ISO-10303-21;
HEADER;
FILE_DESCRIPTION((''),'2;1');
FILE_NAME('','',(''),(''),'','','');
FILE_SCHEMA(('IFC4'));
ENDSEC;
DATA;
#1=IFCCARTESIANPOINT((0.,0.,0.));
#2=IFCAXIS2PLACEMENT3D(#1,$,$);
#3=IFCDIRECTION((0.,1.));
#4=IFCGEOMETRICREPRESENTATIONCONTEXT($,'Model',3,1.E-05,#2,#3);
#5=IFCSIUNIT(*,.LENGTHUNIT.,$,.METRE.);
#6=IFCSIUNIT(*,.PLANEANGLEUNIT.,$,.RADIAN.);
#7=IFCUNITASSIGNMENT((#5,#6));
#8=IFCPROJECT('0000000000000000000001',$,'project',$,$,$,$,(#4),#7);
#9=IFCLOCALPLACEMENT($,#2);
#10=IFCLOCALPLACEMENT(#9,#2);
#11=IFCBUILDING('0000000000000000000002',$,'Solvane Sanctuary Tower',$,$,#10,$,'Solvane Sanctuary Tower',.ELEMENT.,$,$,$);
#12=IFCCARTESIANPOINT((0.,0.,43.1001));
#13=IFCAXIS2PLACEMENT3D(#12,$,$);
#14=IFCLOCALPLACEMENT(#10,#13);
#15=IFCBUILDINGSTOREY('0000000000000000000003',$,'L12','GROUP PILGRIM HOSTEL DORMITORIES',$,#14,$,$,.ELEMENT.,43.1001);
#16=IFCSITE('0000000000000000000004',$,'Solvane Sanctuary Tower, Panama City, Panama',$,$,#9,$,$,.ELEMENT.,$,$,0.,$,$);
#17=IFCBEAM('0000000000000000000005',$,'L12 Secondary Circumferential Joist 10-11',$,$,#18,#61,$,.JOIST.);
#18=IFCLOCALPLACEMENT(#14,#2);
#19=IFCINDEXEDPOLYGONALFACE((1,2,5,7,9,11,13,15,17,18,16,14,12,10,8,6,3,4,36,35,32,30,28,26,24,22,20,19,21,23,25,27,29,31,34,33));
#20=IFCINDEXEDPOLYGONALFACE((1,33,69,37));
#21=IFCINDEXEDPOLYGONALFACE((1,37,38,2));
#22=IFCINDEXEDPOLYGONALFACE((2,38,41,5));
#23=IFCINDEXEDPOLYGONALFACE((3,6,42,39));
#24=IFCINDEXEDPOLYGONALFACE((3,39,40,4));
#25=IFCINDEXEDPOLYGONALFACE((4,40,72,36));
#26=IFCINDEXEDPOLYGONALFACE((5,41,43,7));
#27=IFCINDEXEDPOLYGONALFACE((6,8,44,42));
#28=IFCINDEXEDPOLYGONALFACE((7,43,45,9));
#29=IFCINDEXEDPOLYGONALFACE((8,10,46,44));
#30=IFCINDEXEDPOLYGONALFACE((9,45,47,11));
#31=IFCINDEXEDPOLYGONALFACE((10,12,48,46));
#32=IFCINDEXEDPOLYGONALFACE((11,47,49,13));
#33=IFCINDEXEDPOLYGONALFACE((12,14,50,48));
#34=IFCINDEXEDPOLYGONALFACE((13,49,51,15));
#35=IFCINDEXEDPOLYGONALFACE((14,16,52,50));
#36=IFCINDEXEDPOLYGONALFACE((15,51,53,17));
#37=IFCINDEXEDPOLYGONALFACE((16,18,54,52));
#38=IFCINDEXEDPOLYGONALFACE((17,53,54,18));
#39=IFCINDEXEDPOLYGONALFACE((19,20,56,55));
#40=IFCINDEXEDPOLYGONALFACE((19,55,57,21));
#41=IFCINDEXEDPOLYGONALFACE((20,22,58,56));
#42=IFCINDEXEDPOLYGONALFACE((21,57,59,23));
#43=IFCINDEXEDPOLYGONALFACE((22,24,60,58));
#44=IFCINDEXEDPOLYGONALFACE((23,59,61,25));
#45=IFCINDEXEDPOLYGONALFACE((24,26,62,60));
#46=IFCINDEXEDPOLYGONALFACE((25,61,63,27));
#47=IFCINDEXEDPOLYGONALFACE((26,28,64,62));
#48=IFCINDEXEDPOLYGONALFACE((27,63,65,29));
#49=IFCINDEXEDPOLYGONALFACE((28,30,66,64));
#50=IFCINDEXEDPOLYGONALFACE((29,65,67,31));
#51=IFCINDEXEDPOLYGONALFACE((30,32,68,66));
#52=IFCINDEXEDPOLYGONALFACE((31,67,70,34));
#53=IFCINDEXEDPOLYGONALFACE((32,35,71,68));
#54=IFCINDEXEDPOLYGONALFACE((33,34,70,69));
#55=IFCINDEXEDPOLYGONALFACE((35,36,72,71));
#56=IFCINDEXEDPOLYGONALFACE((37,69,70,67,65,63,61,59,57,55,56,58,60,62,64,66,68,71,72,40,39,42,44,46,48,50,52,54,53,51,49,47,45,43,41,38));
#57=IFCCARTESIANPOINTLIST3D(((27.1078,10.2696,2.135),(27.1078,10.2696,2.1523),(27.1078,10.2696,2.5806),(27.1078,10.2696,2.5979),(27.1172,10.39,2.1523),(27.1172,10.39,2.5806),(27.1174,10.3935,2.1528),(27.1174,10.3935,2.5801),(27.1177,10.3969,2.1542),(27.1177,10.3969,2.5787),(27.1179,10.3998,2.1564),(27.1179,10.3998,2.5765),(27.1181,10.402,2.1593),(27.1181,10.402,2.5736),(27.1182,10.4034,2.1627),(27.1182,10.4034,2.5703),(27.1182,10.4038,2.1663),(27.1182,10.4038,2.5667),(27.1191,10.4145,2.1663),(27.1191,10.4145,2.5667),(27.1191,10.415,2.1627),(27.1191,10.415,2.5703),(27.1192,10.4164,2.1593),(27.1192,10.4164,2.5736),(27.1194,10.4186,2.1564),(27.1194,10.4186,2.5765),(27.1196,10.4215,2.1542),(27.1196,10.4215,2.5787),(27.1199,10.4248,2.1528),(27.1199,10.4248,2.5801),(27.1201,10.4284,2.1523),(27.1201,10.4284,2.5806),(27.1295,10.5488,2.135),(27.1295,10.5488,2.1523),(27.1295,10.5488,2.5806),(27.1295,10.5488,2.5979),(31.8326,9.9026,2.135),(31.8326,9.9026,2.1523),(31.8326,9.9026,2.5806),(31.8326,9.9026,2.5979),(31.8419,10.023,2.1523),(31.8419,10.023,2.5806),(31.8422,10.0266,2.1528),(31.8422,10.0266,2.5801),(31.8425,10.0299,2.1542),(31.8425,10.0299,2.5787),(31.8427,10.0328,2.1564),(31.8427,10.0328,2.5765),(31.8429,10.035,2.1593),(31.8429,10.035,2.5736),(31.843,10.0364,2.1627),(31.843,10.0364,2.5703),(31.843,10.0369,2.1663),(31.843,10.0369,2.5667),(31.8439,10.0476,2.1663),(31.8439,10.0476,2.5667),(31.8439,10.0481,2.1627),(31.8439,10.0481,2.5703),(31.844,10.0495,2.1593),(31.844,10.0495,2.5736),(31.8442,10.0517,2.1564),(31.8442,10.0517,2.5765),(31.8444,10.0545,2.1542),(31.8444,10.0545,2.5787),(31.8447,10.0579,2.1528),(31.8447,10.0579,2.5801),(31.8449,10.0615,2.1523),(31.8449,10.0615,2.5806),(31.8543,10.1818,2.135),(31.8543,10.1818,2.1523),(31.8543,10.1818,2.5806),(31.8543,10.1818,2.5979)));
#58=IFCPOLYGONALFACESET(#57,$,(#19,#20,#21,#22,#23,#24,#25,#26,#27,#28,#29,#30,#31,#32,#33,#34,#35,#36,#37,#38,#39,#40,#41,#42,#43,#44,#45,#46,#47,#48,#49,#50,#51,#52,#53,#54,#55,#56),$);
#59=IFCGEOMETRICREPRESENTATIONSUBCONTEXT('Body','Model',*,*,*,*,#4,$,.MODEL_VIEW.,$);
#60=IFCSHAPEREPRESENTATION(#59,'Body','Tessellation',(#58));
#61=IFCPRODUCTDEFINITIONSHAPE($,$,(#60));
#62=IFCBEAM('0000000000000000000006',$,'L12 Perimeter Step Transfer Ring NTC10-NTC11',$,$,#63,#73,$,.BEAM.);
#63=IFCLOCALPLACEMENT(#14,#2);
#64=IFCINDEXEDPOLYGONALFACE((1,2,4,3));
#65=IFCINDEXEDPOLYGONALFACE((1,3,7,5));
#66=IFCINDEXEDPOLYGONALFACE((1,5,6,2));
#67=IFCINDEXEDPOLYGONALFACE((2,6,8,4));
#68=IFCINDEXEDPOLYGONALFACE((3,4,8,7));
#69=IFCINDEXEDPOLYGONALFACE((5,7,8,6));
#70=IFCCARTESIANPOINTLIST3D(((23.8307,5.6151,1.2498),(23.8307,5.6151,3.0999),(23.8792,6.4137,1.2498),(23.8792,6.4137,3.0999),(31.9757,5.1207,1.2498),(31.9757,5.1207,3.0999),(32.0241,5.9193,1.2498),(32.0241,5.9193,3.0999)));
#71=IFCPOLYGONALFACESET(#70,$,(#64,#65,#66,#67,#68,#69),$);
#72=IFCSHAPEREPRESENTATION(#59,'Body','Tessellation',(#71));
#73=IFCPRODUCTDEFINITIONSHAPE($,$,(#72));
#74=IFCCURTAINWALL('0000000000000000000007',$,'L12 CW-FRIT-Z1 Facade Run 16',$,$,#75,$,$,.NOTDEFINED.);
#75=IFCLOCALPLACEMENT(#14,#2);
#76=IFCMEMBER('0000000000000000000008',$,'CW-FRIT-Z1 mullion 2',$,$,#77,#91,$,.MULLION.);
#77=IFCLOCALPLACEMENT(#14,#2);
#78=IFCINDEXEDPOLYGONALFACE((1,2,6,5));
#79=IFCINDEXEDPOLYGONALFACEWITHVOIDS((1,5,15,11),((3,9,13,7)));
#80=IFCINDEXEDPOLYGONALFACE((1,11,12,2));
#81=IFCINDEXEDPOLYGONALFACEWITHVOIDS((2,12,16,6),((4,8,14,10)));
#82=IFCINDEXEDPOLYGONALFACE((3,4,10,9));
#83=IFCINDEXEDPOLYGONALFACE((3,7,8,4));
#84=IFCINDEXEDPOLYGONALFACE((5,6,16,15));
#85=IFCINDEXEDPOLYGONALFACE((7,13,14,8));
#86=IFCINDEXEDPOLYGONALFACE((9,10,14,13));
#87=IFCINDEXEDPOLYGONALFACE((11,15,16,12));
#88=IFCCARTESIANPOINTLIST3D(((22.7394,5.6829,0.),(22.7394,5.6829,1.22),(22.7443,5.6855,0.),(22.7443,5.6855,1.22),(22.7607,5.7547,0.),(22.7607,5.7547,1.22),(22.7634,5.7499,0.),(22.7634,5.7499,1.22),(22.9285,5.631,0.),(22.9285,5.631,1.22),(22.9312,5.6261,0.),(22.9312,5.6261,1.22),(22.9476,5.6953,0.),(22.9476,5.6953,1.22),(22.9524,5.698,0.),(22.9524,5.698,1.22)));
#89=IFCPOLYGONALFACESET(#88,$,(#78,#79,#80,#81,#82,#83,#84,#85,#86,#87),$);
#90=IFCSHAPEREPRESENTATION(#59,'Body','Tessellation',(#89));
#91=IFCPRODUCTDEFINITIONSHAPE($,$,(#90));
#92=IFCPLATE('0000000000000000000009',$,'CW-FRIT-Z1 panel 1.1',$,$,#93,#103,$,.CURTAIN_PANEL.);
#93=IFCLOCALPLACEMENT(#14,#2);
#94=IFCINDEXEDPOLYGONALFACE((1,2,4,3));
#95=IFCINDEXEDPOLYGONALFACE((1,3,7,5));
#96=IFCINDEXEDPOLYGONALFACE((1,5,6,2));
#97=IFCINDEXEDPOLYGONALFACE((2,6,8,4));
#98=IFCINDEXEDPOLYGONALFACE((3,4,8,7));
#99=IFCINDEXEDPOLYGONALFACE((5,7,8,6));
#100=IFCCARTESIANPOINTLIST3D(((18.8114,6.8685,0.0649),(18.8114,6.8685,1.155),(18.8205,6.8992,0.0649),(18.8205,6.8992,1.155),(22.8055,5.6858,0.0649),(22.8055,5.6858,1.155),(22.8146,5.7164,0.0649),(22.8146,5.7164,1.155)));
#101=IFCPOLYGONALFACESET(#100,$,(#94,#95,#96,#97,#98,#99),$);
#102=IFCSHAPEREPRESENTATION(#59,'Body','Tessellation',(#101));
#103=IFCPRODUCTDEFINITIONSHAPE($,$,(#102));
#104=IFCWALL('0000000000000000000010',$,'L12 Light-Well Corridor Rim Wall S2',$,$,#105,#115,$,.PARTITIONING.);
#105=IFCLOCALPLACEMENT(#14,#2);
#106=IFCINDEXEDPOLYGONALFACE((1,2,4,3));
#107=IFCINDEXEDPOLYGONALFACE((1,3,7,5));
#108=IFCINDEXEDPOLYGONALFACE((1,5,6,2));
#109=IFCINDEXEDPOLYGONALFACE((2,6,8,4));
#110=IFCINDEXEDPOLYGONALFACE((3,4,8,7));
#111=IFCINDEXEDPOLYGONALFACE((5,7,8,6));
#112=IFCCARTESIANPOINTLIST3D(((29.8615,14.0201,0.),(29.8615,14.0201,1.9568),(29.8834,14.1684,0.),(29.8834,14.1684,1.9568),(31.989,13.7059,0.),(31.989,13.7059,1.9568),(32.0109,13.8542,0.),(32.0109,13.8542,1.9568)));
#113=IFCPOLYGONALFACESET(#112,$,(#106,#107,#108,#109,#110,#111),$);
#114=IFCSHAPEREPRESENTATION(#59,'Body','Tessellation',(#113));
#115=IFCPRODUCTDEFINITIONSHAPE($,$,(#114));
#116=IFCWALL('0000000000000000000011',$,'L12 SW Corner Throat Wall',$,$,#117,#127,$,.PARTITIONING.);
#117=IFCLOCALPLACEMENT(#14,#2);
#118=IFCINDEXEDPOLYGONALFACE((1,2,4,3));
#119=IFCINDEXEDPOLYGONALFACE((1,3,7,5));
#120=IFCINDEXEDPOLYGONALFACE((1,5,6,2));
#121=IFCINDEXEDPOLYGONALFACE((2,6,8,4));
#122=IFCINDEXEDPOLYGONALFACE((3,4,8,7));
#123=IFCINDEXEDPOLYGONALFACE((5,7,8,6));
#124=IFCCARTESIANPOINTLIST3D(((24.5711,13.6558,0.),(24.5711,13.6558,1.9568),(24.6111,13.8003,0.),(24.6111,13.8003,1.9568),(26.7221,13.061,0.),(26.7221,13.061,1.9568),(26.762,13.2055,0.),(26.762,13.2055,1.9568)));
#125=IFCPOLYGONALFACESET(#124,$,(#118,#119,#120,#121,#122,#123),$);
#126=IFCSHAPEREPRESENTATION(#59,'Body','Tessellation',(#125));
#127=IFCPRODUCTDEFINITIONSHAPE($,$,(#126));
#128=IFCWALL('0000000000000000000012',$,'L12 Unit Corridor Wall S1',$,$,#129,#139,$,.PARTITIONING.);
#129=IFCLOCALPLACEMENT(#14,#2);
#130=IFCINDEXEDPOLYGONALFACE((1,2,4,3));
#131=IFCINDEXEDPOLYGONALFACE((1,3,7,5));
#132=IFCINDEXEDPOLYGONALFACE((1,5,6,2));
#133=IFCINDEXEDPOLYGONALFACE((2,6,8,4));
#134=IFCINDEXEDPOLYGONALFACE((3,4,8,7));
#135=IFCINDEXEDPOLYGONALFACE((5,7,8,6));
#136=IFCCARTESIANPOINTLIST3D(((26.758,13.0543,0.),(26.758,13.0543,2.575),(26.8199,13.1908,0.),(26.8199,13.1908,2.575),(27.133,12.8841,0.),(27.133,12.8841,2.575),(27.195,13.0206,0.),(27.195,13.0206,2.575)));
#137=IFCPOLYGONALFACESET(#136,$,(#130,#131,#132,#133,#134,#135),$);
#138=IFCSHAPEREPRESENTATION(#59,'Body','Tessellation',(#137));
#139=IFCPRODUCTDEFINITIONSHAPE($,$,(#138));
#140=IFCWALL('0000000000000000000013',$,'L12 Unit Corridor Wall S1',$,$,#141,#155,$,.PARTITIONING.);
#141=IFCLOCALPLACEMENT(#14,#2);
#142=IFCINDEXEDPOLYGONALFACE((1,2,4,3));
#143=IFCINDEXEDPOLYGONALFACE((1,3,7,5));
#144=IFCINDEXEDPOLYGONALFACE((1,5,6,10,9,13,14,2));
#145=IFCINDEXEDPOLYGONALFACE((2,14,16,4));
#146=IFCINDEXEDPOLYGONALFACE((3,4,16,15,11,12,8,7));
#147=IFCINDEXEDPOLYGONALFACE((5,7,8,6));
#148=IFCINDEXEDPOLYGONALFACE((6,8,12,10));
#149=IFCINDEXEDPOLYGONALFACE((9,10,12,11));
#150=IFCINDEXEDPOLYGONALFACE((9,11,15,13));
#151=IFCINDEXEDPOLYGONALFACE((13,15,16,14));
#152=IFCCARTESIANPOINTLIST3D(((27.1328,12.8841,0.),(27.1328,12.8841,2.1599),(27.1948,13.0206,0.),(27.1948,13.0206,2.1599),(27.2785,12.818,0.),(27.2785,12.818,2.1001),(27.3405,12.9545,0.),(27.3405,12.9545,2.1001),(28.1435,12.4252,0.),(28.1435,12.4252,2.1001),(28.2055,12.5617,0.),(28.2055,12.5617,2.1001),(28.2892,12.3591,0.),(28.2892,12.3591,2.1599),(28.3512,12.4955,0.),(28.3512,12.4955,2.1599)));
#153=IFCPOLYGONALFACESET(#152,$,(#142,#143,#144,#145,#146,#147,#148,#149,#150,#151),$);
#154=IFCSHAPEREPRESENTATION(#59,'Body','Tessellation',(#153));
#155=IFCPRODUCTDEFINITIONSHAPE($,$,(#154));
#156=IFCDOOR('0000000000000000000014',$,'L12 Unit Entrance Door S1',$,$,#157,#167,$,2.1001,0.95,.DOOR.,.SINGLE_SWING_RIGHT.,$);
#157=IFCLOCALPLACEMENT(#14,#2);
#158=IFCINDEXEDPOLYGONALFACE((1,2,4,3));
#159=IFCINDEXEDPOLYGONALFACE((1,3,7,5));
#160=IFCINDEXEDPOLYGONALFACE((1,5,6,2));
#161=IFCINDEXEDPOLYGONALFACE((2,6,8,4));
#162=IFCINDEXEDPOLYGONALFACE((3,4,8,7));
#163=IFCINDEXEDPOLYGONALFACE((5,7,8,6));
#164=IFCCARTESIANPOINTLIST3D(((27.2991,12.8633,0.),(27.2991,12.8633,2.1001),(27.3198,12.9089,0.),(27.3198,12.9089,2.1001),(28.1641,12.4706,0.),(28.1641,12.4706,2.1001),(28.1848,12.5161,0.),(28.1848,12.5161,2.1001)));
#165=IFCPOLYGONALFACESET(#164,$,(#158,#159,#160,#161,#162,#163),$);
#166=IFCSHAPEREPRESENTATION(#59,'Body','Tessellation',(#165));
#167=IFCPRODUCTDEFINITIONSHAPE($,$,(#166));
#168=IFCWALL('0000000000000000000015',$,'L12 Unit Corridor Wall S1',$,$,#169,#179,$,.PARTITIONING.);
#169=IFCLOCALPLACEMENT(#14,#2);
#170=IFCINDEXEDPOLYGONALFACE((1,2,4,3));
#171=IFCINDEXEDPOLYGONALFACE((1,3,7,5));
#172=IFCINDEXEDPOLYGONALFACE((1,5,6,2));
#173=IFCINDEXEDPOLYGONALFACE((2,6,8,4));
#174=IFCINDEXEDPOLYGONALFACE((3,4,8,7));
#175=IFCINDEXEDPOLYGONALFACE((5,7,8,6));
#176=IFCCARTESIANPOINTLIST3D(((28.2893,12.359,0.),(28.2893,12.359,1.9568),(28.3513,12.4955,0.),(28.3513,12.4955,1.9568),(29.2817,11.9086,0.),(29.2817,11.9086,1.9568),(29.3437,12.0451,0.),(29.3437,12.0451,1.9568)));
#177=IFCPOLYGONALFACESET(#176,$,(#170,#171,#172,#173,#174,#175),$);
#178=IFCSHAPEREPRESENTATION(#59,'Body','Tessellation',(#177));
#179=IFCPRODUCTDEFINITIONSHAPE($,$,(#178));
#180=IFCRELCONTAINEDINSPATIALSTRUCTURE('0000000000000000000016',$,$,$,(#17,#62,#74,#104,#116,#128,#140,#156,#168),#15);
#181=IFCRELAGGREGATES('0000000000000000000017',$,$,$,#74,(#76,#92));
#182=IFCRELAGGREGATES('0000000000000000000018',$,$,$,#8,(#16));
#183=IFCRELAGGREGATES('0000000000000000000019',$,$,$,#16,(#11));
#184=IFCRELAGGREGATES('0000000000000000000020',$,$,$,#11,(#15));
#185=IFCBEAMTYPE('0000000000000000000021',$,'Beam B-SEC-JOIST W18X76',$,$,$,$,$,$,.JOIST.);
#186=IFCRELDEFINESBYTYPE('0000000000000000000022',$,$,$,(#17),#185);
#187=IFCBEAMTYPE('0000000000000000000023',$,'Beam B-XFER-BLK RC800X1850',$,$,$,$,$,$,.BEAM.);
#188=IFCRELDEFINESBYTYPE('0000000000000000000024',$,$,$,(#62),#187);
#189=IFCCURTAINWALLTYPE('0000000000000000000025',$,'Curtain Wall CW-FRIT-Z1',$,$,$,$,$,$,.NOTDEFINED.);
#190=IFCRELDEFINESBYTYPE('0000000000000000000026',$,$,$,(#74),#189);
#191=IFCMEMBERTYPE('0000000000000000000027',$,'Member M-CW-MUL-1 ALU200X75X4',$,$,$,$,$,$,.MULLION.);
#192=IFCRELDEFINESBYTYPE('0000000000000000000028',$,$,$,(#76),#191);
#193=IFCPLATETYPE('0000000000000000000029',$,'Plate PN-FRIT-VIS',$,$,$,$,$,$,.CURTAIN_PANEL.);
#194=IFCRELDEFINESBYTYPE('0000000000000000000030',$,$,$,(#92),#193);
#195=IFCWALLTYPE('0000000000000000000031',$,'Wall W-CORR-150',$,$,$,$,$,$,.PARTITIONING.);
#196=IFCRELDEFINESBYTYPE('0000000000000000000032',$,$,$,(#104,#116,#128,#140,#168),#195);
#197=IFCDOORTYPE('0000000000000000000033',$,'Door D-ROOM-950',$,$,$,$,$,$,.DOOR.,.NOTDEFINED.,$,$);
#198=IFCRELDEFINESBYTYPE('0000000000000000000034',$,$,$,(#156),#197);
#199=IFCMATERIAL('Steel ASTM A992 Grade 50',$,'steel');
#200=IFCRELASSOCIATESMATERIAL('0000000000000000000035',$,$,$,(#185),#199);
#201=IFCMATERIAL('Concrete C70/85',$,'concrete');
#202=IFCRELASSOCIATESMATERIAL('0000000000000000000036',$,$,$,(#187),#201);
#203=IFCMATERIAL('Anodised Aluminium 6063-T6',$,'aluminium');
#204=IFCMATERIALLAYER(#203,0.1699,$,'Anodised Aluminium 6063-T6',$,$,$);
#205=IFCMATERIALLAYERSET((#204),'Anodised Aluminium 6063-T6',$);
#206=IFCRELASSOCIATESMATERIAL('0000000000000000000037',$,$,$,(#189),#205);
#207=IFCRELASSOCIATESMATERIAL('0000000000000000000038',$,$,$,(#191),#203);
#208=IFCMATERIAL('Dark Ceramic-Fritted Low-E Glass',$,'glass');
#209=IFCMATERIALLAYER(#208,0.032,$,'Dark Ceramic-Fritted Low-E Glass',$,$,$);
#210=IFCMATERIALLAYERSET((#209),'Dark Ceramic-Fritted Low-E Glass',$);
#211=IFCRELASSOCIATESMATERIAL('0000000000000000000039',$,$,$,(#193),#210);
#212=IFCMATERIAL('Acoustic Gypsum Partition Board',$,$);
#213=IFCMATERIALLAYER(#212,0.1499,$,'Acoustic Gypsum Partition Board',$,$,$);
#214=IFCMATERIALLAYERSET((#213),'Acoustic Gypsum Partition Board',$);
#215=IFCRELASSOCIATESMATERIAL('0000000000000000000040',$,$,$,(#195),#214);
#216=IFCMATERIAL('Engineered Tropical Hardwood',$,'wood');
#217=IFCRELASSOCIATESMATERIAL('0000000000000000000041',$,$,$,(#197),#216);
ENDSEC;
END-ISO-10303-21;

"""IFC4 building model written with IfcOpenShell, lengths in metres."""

from ifc_helpers import new_model, si_unit, direction, frame, frame_2d, origin, origin_2d, place, context, subcontext, project, spatial, rectangle, hollow_rectangle, i_section, extrude, material, layer, layer_set, material_profile, profile_set, type_object, element, fill, aggregate, save


model = new_model("IFC4")

# Units and contexts
model_context = context("Model", 3, precision=1e-05, world=origin(), true_north=direction((0.0, 1.0)))
body_context = subcontext(model_context, "Body", "Model", "MODEL_VIEW")
ifc_project = project(units=[si_unit("LENGTHUNIT", "METRE"), si_unit("PLANEANGLEUNIT", "RADIAN")], contexts=[model_context])

# Site, building, storey
site_placement = place(None, origin())
site = spatial("IfcSite", under=ifc_project, at=site_placement, Name="Solvane Sanctuary Tower, Panama City, Panama", CompositionType="ELEMENT", RefElevation=0.0)
building_placement = place(site_placement, origin())
building = spatial("IfcBuilding", under=site, at=building_placement, Name="Solvane Sanctuary Tower", LongName="Solvane Sanctuary Tower", CompositionType="ELEMENT")
storey_placement = place(building_placement, frame((0.0, 0.0, 43.1001)))
storey = spatial("IfcBuildingStorey", under=building, at=storey_placement, Name="L12", Description="GROUP PILGRIM HOSTEL DORMITORIES", CompositionType="ELEMENT", Elevation=43.1001)

# Shared definitions
ifc_material_1 = material(Name="Concrete C70/85", Category="concrete")

# Beams
ifc_material_2 = material(Name="Steel ASTM A992 Grade 50", Category="steel")
ifc_material_profile_1 = material_profile(ifc_material_2, i_section(OverallWidth=0.28, OverallDepth=0.4629, WebThickness=0.0107, FlangeThickness=0.0173, FilletRadius=0.0139, at=origin_2d()), Name="W18X76")
ifc_profile_set_1 = profile_set([ifc_material_profile_1], Name="Steel ASTM A992 Grade 50")
beam_type_1 = type_object("IfcBeamType", Name="Beam B-SEC-JOIST W18X76", PredefinedType="JOIST", material=ifc_profile_set_1)
beam_1_placement = place(storey_placement, frame((27.1187, 10.4092, 2.3665), z_axis=(0.996998, -0.077429, 0.0), x_axis=(0.077429, 0.996998, 0.0)))
element("IfcBeam", 1, at=beam_1_placement, inside=storey, type_object=beam_type_1, Name="L12 Secondary Circumferential Joist 10-11", PredefinedType="JOIST", context=body_context, shape_type="SweptSolid", body=[
    extrude(i_section(OverallWidth=0.28, OverallDepth=0.4629, WebThickness=0.0107, FlangeThickness=0.0173, FilletRadius=0.0139, at=origin_2d()), origin(), (0.0, 0.0, 1.0), 4.739),
])
ifc_material_profile_2 = material_profile(ifc_material_1, rectangle(XDim=0.8, YDim=1.8501, at=origin_2d()), Name="RC800X1850")
ifc_profile_set_2 = profile_set([ifc_material_profile_2], Name="Concrete C70/85")
beam_type_2 = type_object("IfcBeamType", Name="Beam B-XFER-BLK RC800X1850", PredefinedType="BEAM", material=ifc_profile_set_2)
beam_2_placement = place(storey_placement, frame((23.855, 6.0144, 2.1748), z_axis=(0.998163, -0.060586, 0.0), x_axis=(0.060586, 0.998163, 0.0)))
element("IfcBeam", 2, at=beam_2_placement, inside=storey, type_object=beam_type_2, Name="L12 Perimeter Step Transfer Ring NTC10-NTC11", PredefinedType="BEAM", context=body_context, shape_type="SweptSolid", body=[
    extrude(rectangle(XDim=0.8, YDim=1.8501, at=origin_2d()), origin(), (0.0, 0.0, 1.0), 8.1599),
])

# Curtain wall, member, plate
ifc_material_3 = material(Name="Anodised Aluminium 6063-T6", Category="aluminium")
ifc_layer_1 = layer(ifc_material_3, 0.1699, Name="Anodised Aluminium 6063-T6")
ifc_layer_set_1 = layer_set([ifc_layer_1], Name="Anodised Aluminium 6063-T6")
curtain_wall_type = type_object("IfcCurtainWallType", Name="Curtain Wall CW-FRIT-Z1", PredefinedType="NOTDEFINED", material=ifc_layer_set_1)
curtain_wall_placement = place(storey_placement, origin())
curtain_wall = element("IfcCurtainWall", 3, at=curtain_wall_placement, inside=storey, type_object=curtain_wall_type, Name="L12 CW-FRIT-Z1 Facade Run 16", PredefinedType="NOTDEFINED")
ifc_material_profile_3 = material_profile(ifc_material_3, hollow_rectangle(XDim=0.075, YDim=0.2, WallThickness=0.0039, at=origin_2d()), Name="ALU200X75X4")
ifc_profile_set_3 = profile_set([ifc_material_profile_3], Name="Anodised Aluminium 6063-T6")
member_type = type_object("IfcMemberType", Name="Member M-CW-MUL-1 ALU200X75X4", PredefinedType="MULLION", material=ifc_profile_set_3)
member_placement = place(storey_placement, frame((22.8459, 5.6904, 0.0), z_axis=(0.0, 0.0, 1.0), x_axis=(0.283936, 0.958843, 0.0)))
member = element("IfcMember", 4, at=member_placement, type_object=member_type, Name="CW-FRIT-Z1 mullion 2", PredefinedType="MULLION", context=body_context, shape_type="SweptSolid", body=[
    extrude(hollow_rectangle(XDim=0.075, YDim=0.2, WallThickness=0.0039, at=origin_2d()), origin(), (0.0, 0.0, 1.0), 1.22),
])
ifc_material_4 = material(Name="Dark Ceramic-Fritted Low-E Glass", Category="glass")
ifc_layer_2 = layer(ifc_material_4, 0.032, Name="Dark Ceramic-Fritted Low-E Glass")
ifc_layer_set_2 = layer_set([ifc_layer_2], Name="Dark Ceramic-Fritted Low-E Glass")
plate_type = type_object("IfcPlateType", Name="Plate PN-FRIT-VIS", PredefinedType="CURTAIN_PANEL", material=ifc_layer_set_2)
plate_placement = place(storey_placement, frame((20.813, 6.2925, 0.0649), z_axis=(0.0, 0.0, 1.0), x_axis=(0.958843, -0.283936, 0.0)))
plate = element("IfcPlate", 5, at=plate_placement, type_object=plate_type, Name="CW-FRIT-Z1 panel 1.1", PredefinedType="CURTAIN_PANEL", context=body_context, shape_type="SweptSolid", body=[
    extrude(rectangle(XDim=4.1655, YDim=0.032, at=origin_2d()), origin(), (0.0, 0.0, 1.0), 1.0901),
])
aggregate(curtain_wall, [member, plate])

# Walls
ifc_material_5 = material(Name="Acoustic Gypsum Partition Board")
ifc_layer_3 = layer(ifc_material_5, 0.1499, Name="Acoustic Gypsum Partition Board")
ifc_layer_set_3 = layer_set([ifc_layer_3], Name="Acoustic Gypsum Partition Board")
wall_type_1 = type_object("IfcWallType", Name="Wall W-CORR-150", PredefinedType="PARTITIONING", material=ifc_layer_set_3)
wall_1_placement = place(storey_placement, frame((29.8726, 14.0942, 0.0), z_axis=(0.0, 0.0, 1.0), x_axis=(0.989269, -0.146108, 0.0)))
element("IfcWall", 6, at=wall_1_placement, inside=storey, type_object=wall_type_1, Name="L12 Light-Well Corridor Rim Wall S2", PredefinedType="PARTITIONING", context=body_context, shape_type="SweptSolid", body=[
    extrude(rectangle(XDim=2.1506, YDim=0.1499, at=frame_2d((1.0752, 0.0))), origin(), (0.0, 0.0, 1.0), 1.9568),
])
wall_2_placement = place(storey_placement, frame((26.7419, 13.1333, 0.0), z_axis=(0.0, 0.0, 1.0), x_axis=(-0.963834, 0.266504, 0.0)))
element("IfcWall", 7, at=wall_2_placement, inside=storey, type_object=wall_type_1, Name="L12 SW Corner Throat Wall", PredefinedType="PARTITIONING", context=body_context, shape_type="SweptSolid", body=[
    extrude(rectangle(XDim=2.2317, YDim=0.1499, at=frame_2d((1.1157, 0.0))), origin(), (0.0, 0.0, 1.0), 1.9568),
])
wall_3_placement = place(storey_placement, frame((26.7888, 13.1226, 0.0), z_axis=(0.0, 0.0, 1.0), x_axis=(0.91063, -0.413222, 0.0)))
element("IfcWall", 8, at=wall_3_placement, inside=storey, type_object=wall_type_1, Name="L12 Unit Corridor Wall S1", PredefinedType="PARTITIONING", context=body_context, shape_type="SweptSolid", body=[
    extrude(rectangle(XDim=0.4119, YDim=0.1499, at=frame_2d((0.2061, 0.0))), origin(), (0.0, 0.0, 1.0), 2.575),
])

# Wall, opening, door
wall_4_placement = place(storey_placement, frame((27.1638, 12.9524, 0.0), z_axis=(0.0, 0.0, 1.0), x_axis=(0.910524, -0.413455, 0.0)))
wall_4 = element("IfcWall", 9, at=wall_4_placement, inside=storey, type_object=wall_type_1, Name="L12 Unit Corridor Wall S1", PredefinedType="PARTITIONING", context=body_context, shape_type="SweptSolid", body=[
    extrude(rectangle(XDim=1.27, YDim=0.1499, at=frame_2d((0.635, 0.0))), origin(), (0.0, 0.0, 1.0), 2.1599),
])
opening_1_placement = place(wall_4_placement, frame((0.1599, 0.0, 0.0)))
opening_1 = element("IfcOpeningElement", 10, at=opening_1_placement, cuts=wall_4, PredefinedType="OPENING", context=body_context, shape_type="SweptSolid", body=[
    extrude(rectangle(XDim=0.95, YDim=2.1001, at=frame_2d((0.4751, 1.05))), frame((0.0, 0.085, 0.0), z_axis=(0.0, -1.0, 0.0), x_axis=(1.0, 0.0, 0.0)), (0.0, 0.0, 1.0), 0.1699),
])
ifc_material_6 = material(Name="Engineered Tropical Hardwood", Category="wood")
door_type_1 = type_object("IfcDoorType", Name="Door D-ROOM-950", OperationType="NOTDEFINED", PredefinedType="DOOR", material=ifc_material_6)
door_1_placement = place(opening_1_placement, origin())
door_1 = element("IfcDoor", 11, at=door_1_placement, inside=storey, type_object=door_type_1, Name="L12 Unit Entrance Door S1", OperationType="SINGLE_SWING_RIGHT", OverallHeight=2.1001, OverallWidth=0.95, PredefinedType="DOOR", context=body_context, shape_type="SweptSolid", body=[
    extrude(rectangle(XDim=0.95, YDim=2.1001, at=frame_2d((0.4751, 1.05))), frame((0.0, 0.0249, 0.0), z_axis=(0.0, -1.0, 0.0), x_axis=(1.0, 0.0, 0.0)), (0.0, 0.0, 1.0), 0.05),
])
fill(opening_1, door_1)

# Wall
wall_5_placement = place(storey_placement, frame((28.3203, 12.4272, 0.0), z_axis=(0.0, 0.0, 1.0), x_axis=(0.910596, -0.413297, 0.0)))
element("IfcWall", 12, at=wall_5_placement, inside=storey, type_object=wall_type_1, Name="L12 Unit Corridor Wall S1", PredefinedType="PARTITIONING", context=body_context, shape_type="SweptSolid", body=[
    extrude(rectangle(XDim=1.0898, YDim=0.1499, at=frame_2d((0.5449, 0.0))), origin(), (0.0, 0.0, 1.0), 1.9568),
])

save(model, "model.ifc")
